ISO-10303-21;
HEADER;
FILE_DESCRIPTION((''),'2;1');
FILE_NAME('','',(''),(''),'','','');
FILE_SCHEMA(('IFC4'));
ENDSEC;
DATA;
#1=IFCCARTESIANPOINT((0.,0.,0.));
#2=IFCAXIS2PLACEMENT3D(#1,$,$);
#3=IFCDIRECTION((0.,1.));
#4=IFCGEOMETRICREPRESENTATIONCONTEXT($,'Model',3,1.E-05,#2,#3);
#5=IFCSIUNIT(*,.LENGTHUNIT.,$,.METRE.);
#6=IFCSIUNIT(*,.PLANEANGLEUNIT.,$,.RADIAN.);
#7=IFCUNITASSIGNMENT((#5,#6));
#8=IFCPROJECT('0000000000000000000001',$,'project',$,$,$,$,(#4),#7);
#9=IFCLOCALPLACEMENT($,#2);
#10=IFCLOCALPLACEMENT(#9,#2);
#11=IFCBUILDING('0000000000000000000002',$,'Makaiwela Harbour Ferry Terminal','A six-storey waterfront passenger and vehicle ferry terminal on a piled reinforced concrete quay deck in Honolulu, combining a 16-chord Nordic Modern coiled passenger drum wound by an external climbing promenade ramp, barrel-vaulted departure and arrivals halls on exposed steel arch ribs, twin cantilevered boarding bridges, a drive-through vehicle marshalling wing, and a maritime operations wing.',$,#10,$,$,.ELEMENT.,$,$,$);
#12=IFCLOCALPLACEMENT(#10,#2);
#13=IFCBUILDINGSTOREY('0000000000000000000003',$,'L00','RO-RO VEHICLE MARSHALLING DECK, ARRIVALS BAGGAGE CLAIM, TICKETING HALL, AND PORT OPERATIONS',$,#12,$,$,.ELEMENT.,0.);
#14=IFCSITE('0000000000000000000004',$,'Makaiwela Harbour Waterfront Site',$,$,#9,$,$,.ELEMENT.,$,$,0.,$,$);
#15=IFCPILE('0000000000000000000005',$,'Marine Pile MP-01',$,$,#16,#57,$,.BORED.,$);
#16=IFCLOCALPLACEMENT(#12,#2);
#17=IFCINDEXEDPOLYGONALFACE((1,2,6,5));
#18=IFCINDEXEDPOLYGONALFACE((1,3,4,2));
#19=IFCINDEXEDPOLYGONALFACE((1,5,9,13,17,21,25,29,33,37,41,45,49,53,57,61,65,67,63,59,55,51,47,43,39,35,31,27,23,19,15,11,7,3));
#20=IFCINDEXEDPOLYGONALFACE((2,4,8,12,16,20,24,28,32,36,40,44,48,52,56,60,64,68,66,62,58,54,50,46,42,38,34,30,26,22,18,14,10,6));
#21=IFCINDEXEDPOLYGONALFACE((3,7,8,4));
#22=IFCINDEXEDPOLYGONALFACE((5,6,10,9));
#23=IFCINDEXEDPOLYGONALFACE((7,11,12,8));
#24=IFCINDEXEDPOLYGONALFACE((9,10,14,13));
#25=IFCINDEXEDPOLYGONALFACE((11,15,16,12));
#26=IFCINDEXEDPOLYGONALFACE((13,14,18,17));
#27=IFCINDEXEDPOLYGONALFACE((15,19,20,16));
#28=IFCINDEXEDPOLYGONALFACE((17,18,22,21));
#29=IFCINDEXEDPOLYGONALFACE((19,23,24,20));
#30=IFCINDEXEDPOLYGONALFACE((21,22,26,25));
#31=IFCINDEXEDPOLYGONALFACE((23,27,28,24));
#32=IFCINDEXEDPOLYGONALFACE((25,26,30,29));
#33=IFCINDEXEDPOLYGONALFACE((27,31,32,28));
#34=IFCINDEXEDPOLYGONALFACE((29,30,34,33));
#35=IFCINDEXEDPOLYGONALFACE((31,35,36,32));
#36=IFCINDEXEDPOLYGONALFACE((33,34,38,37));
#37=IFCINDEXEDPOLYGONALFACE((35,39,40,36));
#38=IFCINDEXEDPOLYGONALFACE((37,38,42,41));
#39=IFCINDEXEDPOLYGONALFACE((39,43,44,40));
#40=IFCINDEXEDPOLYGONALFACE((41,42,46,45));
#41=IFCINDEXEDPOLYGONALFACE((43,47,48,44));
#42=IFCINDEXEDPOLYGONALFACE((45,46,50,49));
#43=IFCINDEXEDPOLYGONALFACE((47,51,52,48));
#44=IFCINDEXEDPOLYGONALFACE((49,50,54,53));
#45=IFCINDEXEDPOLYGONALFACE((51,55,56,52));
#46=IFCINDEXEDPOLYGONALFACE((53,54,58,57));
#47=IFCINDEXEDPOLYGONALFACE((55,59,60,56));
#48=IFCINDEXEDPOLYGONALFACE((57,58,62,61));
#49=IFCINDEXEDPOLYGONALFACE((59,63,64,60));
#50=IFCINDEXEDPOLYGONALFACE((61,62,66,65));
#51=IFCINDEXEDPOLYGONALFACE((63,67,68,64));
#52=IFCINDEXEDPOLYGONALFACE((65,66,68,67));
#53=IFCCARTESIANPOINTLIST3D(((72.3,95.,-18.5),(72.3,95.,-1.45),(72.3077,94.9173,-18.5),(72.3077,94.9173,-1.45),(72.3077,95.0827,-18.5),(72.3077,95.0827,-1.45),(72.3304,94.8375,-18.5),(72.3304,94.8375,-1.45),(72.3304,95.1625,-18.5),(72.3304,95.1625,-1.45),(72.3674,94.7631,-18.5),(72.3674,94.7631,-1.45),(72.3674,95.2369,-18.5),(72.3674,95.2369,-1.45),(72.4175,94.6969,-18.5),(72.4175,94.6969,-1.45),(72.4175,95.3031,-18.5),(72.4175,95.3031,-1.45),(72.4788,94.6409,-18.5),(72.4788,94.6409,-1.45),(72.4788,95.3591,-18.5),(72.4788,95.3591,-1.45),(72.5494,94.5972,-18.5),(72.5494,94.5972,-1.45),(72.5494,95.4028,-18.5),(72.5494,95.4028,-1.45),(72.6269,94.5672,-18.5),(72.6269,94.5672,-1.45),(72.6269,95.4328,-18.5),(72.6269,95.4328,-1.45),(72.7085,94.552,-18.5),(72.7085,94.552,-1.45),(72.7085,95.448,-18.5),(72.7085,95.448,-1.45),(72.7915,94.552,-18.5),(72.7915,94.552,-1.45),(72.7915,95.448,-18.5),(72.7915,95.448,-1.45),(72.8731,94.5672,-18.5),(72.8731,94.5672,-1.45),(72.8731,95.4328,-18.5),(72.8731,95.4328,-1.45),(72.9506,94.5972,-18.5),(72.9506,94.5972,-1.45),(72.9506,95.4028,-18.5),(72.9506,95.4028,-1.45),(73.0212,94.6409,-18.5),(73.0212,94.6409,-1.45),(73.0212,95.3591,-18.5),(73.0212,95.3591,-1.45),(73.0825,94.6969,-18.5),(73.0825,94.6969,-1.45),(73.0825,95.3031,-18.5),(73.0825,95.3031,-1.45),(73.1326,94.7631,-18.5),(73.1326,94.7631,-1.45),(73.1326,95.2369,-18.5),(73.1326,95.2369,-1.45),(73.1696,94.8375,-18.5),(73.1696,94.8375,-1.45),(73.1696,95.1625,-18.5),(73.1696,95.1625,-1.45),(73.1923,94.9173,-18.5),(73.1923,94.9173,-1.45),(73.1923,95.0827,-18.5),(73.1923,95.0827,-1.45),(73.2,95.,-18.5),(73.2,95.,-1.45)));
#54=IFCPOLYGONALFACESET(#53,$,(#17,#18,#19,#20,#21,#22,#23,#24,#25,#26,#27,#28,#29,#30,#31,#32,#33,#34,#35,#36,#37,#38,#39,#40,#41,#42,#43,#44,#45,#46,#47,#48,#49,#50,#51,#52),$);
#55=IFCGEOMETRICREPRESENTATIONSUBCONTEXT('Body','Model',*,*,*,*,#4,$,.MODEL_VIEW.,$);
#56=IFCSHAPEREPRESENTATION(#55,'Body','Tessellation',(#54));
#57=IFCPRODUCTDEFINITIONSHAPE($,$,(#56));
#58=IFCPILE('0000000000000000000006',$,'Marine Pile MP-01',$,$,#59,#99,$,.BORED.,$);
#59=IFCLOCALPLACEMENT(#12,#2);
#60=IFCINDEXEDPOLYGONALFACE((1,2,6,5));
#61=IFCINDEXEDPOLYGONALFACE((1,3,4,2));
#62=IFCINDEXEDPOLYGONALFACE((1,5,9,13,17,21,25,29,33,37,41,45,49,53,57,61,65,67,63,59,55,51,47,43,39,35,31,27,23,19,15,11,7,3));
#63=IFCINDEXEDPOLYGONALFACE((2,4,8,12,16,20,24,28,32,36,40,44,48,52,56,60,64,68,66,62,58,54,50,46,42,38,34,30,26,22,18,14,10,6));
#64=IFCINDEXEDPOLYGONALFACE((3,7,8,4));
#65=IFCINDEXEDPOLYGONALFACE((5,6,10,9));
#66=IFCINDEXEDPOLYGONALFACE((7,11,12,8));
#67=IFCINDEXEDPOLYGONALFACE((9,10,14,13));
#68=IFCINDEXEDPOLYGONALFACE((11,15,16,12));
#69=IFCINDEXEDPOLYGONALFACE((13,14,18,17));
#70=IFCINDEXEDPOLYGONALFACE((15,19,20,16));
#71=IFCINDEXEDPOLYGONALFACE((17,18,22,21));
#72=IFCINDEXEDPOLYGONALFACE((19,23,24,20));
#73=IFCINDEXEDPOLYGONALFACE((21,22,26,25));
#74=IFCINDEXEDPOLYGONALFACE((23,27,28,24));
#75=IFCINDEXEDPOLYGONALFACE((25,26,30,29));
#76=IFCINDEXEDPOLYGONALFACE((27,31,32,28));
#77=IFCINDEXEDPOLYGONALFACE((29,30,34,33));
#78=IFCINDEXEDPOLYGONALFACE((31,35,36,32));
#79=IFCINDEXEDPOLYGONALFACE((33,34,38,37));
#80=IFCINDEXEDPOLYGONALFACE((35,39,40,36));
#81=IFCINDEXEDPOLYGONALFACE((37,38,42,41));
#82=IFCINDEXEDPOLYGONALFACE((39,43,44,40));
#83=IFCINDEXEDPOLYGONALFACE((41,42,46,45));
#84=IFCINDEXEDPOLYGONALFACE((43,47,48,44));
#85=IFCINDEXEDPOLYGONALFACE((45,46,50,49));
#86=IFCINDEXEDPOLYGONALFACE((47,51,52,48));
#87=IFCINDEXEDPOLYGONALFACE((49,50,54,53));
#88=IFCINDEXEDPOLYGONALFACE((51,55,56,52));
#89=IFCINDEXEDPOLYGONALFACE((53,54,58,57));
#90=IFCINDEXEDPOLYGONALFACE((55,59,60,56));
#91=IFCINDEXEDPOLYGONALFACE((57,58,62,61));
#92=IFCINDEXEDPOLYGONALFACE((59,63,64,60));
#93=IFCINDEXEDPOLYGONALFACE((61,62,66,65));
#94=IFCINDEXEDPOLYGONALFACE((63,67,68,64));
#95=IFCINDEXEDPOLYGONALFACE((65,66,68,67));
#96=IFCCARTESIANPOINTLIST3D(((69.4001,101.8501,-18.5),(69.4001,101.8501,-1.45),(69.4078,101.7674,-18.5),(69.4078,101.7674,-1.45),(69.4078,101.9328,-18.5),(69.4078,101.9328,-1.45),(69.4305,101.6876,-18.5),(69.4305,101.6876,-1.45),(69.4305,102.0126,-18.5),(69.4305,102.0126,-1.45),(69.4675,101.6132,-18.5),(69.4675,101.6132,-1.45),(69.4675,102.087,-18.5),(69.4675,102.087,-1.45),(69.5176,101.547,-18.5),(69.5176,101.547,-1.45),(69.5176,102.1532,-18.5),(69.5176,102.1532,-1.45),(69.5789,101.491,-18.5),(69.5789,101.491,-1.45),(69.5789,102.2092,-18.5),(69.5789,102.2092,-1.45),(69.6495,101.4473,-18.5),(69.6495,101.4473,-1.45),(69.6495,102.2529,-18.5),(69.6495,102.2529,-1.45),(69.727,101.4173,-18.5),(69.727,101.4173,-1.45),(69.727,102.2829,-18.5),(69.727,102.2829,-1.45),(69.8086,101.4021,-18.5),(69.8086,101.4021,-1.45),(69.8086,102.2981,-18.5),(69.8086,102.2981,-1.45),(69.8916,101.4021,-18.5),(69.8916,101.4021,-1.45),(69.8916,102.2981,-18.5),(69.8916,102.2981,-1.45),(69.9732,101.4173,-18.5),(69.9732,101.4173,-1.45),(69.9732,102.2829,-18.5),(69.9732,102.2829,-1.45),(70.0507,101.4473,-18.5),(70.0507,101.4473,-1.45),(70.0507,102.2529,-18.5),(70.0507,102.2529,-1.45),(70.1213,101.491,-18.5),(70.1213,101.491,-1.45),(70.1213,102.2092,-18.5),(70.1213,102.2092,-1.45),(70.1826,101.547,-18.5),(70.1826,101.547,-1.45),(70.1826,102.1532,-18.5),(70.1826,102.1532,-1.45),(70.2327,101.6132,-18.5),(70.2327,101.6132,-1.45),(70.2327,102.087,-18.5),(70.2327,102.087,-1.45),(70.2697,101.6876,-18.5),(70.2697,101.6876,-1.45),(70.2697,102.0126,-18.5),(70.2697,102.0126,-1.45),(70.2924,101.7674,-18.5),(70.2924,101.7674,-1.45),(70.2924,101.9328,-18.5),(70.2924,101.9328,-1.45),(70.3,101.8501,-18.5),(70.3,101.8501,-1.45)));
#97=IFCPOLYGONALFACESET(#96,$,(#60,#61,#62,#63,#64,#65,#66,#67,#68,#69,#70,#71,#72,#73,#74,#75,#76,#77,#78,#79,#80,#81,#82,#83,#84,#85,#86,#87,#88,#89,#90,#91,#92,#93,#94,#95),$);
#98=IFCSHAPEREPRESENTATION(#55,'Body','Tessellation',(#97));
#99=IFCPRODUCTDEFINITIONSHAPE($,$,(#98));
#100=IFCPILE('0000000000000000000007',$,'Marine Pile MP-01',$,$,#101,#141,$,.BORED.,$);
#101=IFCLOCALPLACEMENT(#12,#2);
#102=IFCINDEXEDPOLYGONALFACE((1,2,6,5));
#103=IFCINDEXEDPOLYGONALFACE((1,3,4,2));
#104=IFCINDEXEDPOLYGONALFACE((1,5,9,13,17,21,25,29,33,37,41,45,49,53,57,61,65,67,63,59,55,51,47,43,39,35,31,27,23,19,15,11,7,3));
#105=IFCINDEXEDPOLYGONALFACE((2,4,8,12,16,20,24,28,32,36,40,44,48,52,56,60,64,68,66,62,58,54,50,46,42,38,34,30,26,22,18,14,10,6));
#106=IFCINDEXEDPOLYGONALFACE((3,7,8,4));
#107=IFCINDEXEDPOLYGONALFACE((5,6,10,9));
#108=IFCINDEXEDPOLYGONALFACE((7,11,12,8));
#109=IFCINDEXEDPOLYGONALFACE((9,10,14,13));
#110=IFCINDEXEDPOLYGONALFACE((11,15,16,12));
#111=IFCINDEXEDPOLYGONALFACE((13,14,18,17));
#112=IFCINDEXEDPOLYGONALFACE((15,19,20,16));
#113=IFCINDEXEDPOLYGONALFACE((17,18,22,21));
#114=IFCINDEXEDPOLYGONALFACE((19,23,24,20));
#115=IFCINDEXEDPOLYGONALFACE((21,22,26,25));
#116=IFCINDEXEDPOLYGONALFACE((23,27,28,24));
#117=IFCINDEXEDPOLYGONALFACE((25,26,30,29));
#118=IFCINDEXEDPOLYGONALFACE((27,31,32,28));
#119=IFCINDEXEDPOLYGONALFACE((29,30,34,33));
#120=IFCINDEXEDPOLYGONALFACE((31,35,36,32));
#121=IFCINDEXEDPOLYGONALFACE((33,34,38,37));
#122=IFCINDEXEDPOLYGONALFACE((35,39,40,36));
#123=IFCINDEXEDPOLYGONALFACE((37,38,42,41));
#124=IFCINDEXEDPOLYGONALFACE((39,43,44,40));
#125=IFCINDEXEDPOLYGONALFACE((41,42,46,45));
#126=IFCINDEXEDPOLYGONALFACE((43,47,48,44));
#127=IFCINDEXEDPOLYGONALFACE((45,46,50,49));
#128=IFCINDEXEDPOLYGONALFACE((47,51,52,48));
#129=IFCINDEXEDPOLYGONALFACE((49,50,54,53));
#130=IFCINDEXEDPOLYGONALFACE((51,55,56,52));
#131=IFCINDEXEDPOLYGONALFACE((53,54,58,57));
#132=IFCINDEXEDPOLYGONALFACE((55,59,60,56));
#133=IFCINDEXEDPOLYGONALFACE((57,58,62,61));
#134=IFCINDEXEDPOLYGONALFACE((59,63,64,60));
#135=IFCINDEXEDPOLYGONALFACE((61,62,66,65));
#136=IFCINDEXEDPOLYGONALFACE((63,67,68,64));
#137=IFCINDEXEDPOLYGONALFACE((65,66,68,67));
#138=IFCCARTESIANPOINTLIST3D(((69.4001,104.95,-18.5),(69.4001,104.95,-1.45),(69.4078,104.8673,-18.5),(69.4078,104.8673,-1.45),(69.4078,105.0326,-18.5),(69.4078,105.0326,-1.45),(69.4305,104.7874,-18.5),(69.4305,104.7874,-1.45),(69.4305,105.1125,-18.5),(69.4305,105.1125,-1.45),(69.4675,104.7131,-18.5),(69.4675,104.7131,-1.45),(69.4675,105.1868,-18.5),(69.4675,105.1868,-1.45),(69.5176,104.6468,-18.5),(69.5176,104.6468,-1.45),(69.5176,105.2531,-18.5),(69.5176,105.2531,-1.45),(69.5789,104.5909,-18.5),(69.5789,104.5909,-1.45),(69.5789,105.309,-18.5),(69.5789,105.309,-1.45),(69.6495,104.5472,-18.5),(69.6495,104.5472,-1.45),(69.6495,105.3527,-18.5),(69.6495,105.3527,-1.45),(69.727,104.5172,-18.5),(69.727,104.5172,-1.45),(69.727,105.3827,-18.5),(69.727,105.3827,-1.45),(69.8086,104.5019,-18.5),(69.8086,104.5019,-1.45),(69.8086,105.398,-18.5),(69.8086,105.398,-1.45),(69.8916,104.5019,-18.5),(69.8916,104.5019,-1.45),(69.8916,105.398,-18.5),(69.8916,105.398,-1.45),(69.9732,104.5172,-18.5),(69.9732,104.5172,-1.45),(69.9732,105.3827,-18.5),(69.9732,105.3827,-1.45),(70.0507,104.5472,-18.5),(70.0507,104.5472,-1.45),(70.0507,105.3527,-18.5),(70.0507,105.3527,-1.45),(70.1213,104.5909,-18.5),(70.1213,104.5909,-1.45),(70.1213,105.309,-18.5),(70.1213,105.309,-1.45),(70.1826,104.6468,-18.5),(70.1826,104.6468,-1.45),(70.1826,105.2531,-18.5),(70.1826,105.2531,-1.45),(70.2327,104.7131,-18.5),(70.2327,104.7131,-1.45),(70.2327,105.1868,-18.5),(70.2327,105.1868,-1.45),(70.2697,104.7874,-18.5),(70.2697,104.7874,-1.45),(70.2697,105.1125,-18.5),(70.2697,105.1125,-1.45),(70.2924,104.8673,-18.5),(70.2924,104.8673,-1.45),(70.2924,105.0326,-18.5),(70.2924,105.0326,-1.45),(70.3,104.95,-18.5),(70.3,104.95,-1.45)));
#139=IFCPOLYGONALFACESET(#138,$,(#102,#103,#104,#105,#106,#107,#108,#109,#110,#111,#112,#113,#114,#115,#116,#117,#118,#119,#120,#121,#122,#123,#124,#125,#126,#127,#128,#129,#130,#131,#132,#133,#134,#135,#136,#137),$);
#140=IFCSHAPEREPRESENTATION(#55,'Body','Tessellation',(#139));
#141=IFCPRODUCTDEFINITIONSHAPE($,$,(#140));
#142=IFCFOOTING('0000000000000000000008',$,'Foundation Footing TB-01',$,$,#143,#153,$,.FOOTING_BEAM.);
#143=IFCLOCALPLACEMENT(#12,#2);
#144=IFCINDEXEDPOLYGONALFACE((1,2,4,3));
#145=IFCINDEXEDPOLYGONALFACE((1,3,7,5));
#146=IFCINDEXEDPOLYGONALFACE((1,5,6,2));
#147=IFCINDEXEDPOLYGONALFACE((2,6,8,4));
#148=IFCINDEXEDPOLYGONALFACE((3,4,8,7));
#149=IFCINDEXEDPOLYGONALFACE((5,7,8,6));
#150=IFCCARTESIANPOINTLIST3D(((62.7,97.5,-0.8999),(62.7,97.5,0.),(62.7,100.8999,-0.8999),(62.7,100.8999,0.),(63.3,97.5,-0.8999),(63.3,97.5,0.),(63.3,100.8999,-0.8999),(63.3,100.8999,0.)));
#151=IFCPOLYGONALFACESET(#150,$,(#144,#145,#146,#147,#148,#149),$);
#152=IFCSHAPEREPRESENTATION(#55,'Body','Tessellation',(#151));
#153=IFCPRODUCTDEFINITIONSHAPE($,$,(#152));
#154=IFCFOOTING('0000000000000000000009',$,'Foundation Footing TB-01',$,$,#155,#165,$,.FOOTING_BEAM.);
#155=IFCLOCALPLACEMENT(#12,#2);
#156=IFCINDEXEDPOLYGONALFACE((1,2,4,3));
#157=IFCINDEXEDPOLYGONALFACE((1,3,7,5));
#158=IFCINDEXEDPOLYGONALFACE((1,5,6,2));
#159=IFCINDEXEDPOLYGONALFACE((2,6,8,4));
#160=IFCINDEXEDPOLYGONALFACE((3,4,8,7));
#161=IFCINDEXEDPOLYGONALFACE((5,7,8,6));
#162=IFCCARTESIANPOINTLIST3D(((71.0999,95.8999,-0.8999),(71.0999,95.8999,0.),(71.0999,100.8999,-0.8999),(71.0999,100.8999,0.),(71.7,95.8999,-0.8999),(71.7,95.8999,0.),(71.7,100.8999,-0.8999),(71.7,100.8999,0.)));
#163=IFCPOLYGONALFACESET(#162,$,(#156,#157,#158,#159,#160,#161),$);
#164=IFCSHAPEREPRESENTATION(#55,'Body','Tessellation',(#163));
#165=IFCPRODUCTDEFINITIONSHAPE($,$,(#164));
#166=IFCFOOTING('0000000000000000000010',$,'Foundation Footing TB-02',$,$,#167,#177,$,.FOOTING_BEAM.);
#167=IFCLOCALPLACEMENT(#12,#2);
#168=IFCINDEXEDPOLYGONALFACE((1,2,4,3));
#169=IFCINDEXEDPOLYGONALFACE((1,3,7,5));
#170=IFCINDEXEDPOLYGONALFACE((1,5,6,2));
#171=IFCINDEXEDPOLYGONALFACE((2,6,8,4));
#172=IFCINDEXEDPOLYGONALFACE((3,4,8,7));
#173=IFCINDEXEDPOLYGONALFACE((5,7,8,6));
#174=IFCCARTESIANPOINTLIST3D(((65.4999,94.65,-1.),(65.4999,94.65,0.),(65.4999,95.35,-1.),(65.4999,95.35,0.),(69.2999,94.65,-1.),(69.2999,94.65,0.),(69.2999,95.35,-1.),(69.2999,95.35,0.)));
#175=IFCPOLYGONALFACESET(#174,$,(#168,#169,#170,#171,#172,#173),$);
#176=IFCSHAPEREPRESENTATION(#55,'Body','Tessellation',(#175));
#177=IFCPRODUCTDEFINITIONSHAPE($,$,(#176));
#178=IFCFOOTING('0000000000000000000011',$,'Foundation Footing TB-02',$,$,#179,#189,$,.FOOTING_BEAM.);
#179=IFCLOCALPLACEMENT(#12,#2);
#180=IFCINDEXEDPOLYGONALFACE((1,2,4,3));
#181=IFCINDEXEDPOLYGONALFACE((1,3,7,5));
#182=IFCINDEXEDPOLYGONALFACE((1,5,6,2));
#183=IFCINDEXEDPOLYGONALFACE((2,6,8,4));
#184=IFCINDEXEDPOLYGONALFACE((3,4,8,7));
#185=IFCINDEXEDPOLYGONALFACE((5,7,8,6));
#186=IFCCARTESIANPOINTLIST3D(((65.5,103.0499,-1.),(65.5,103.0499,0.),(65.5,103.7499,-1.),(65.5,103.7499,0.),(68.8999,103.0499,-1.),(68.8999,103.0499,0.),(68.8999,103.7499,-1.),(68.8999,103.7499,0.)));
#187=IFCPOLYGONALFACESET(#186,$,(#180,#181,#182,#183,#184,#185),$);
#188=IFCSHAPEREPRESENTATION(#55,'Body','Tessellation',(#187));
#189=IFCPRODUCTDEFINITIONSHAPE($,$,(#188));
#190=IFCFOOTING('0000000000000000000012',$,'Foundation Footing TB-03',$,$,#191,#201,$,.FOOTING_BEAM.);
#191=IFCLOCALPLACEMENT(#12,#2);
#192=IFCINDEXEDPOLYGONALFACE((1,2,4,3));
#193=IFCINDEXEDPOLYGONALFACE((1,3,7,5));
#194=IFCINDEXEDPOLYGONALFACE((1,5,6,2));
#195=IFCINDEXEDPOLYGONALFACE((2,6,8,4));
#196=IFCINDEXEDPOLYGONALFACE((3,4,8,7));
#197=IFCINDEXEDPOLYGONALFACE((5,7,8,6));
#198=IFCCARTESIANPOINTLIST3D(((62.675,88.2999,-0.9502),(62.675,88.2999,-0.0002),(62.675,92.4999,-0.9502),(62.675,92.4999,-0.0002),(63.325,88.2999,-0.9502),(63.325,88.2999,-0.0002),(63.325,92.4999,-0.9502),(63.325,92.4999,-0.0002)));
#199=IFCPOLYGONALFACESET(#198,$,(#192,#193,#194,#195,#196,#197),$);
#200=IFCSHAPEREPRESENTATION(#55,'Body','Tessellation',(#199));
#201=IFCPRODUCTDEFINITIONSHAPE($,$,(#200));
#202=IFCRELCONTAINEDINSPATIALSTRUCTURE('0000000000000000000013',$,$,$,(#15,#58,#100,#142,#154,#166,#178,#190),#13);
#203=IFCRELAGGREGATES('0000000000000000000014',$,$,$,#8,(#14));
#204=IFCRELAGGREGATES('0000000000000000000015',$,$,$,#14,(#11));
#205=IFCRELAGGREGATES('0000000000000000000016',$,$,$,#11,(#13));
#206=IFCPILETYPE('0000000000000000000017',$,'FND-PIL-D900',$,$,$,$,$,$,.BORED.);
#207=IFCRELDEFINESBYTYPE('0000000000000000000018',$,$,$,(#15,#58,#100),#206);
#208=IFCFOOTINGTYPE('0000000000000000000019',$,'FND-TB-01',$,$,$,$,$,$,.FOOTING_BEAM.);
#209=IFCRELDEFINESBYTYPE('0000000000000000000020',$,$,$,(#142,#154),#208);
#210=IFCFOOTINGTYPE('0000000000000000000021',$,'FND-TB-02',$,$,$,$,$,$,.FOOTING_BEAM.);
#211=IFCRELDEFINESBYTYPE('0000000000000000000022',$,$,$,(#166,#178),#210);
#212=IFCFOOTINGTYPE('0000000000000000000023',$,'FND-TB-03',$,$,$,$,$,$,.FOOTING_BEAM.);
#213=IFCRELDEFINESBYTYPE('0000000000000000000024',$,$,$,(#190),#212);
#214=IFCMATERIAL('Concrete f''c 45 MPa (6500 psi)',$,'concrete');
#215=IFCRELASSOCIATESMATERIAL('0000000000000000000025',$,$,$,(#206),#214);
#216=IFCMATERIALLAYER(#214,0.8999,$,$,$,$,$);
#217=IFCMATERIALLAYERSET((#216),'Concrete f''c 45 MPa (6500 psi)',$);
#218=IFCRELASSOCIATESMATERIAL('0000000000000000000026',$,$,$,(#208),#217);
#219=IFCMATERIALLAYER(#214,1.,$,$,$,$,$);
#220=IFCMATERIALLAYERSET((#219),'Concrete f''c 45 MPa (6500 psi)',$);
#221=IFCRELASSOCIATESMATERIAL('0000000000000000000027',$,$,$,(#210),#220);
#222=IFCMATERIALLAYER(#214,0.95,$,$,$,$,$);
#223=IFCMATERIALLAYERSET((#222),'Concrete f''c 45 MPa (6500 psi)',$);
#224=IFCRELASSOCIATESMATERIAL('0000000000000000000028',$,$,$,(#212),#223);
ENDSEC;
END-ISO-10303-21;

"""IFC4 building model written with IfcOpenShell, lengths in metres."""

from ifc_helpers import new_model, si_unit, direction, frame, origin, origin_2d, place, context, subcontext, project, spatial, rectangle, circle, extrude, material, layer, layer_set, material_profile, profile_set, type_object, element, save


model = new_model("IFC4")

# Units and contexts
model_context = context("Model", 3, precision=1e-05, world=origin(), true_north=direction((0.0, 1.0)))
body_context = subcontext(model_context, "Body", "Model", "MODEL_VIEW")
ifc_project = project(units=[si_unit("LENGTHUNIT", "METRE"), si_unit("PLANEANGLEUNIT", "RADIAN")], contexts=[model_context])

# Site, building, storey
site_placement = place(None, origin())
site = spatial("IfcSite", under=ifc_project, at=site_placement, Name="Makaiwela Harbour Waterfront Site", CompositionType="ELEMENT", RefElevation=0.0)
building_placement = place(site_placement, origin())
building = spatial("IfcBuilding", under=site, at=building_placement, Name="Makaiwela Harbour Ferry Terminal", Description="A six-storey waterfront passenger and vehicle ferry terminal on a piled reinforced concrete quay deck in Honolulu, combining a 16-chord Nordic Modern coiled passenger drum wound by an external climbing promenade ramp, barrel-vaulted departure and arrivals halls on exposed steel arch ribs, twin cantilevered boarding bridges, a drive-through vehicle marshalling wing, and a maritime operations wing.", CompositionType="ELEMENT")
storey_placement = place(building_placement, origin())
storey = spatial("IfcBuildingStorey", under=building, at=storey_placement, Name="L00", Description="RO-RO VEHICLE MARSHALLING DECK, ARRIVALS BAGGAGE CLAIM, TICKETING HALL, AND PORT OPERATIONS", CompositionType="ELEMENT", Elevation=0.0)

# Shared definitions
ifc_material_1 = material(Name="Concrete f'c 45 MPa (6500 psi)", Category="concrete")

# Piles
ifc_material_profile_1 = material_profile(ifc_material_1, circle(Radius=0.45, at=origin_2d()), Name="PILE-D900")
ifc_profile_set_1 = profile_set([ifc_material_profile_1], Name="Concrete f'c 45 MPa (6500 psi)")
pile_type = type_object("IfcPileType", Name="FND-PIL-D900", PredefinedType="BORED", material=ifc_profile_set_1)
for number, where, z_axis, x_axis, name in (
    (1, (72.75, 95.0, -1.45), (0.0, 0.0, -1.0), (1.0, 0.0, 0.0), "Marine Pile MP-01"),
    (2, (69.8501, 101.8501, -1.45), (0.0, 0.0, -1.0), (1.0, 0.0, 0.0), "Marine Pile MP-01"),
    (3, (69.8501, 104.95, -1.45), (0.0, 0.0, -1.0), (1.0, 0.0, 0.0), "Marine Pile MP-01"),
):
    element("IfcPile", number, at=place(storey_placement, frame(where, z_axis=z_axis, x_axis=x_axis)), inside=storey, type_object=pile_type, Name=name, PredefinedType="BORED", context=body_context, shape_type="SweptSolid", body=[
        extrude(circle(Radius=0.45, at=origin_2d()), origin(), (0.0, 0.0, 1.0), 17.05),
    ])

# Footings
ifc_layer_1 = layer(ifc_material_1, 0.8999)
ifc_layer_set_1 = layer_set([ifc_layer_1], Name="Concrete f'c 45 MPa (6500 psi)")
footing_type_1 = type_object("IfcFootingType", Name="FND-TB-01", PredefinedType="FOOTING_BEAM", material=ifc_layer_set_1)
footing_1_placement = place(storey_placement, frame((63.0, 99.2, -0.8999), z_axis=(0.0, 0.0, 1.0), x_axis=(0.0, 1.0, 0.0)))
element("IfcFooting", 4, at=footing_1_placement, inside=storey, type_object=footing_type_1, Name="Foundation Footing TB-01", PredefinedType="FOOTING_BEAM", context=body_context, shape_type="SweptSolid", body=[
    extrude(rectangle(XDim=3.3999, YDim=0.6001, at=origin_2d()), origin(), (0.0, 0.0, 1.0), 0.8999),
])
footing_2_placement = place(storey_placement, frame((71.3999, 98.3999, -0.8999), z_axis=(0.0, 0.0, 1.0), x_axis=(0.0, 1.0, 0.0)))
element("IfcFooting", 5, at=footing_2_placement, inside=storey, type_object=footing_type_1, Name="Foundation Footing TB-01", PredefinedType="FOOTING_BEAM", context=body_context, shape_type="SweptSolid", body=[
    extrude(rectangle(XDim=5.0, YDim=0.6001, at=origin_2d()), origin(), (0.0, 0.0, 1.0), 0.8999),
])
ifc_layer_2 = layer(ifc_material_1, 1.0)
ifc_layer_set_2 = layer_set([ifc_layer_2], Name="Concrete f'c 45 MPa (6500 psi)")
footing_type_2 = type_object("IfcFootingType", Name="FND-TB-02", PredefinedType="FOOTING_BEAM", material=ifc_layer_set_2)
footing_3_placement = place(storey_placement, frame((67.3999, 95.0, -1.0), z_axis=(0.0, 0.0, 1.0), x_axis=(1.0, 0.0, 0.0)))
element("IfcFooting", 6, at=footing_3_placement, inside=storey, type_object=footing_type_2, Name="Foundation Footing TB-02", PredefinedType="FOOTING_BEAM", context=body_context, shape_type="SweptSolid", body=[
    extrude(rectangle(XDim=3.8, YDim=0.7, at=origin_2d()), origin(), (0.0, 0.0, 1.0), 1.0),
])
footing_4_placement = place(storey_placement, frame((67.2, 103.3999, -1.0), z_axis=(0.0, 0.0, 1.0), x_axis=(1.0, 0.0, 0.0)))
element("IfcFooting", 7, at=footing_4_placement, inside=storey, type_object=footing_type_2, Name="Foundation Footing TB-02", PredefinedType="FOOTING_BEAM", context=body_context, shape_type="SweptSolid", body=[
    extrude(rectangle(XDim=3.3999, YDim=0.7, at=origin_2d()), origin(), (0.0, 0.0, 1.0), 1.0),
])
ifc_layer_3 = layer(ifc_material_1, 0.95)
ifc_layer_set_3 = layer_set([ifc_layer_3], Name="Concrete f'c 45 MPa (6500 psi)")
footing_type_3 = type_object("IfcFootingType", Name="FND-TB-03", PredefinedType="FOOTING_BEAM", material=ifc_layer_set_3)
footing_5_placement = place(storey_placement, frame((63.0, 90.3999, -0.9502), z_axis=(0.0, 0.0, 1.0), x_axis=(0.0, 1.0, 0.0)))
element("IfcFooting", 8, at=footing_5_placement, inside=storey, type_object=footing_type_3, Name="Foundation Footing TB-03", PredefinedType="FOOTING_BEAM", context=body_context, shape_type="SweptSolid", body=[
    extrude(rectangle(XDim=4.2, YDim=0.6499, at=origin_2d()), origin(), (0.0, 0.0, 1.0), 0.95),
])

save(model, "model.ifc")
